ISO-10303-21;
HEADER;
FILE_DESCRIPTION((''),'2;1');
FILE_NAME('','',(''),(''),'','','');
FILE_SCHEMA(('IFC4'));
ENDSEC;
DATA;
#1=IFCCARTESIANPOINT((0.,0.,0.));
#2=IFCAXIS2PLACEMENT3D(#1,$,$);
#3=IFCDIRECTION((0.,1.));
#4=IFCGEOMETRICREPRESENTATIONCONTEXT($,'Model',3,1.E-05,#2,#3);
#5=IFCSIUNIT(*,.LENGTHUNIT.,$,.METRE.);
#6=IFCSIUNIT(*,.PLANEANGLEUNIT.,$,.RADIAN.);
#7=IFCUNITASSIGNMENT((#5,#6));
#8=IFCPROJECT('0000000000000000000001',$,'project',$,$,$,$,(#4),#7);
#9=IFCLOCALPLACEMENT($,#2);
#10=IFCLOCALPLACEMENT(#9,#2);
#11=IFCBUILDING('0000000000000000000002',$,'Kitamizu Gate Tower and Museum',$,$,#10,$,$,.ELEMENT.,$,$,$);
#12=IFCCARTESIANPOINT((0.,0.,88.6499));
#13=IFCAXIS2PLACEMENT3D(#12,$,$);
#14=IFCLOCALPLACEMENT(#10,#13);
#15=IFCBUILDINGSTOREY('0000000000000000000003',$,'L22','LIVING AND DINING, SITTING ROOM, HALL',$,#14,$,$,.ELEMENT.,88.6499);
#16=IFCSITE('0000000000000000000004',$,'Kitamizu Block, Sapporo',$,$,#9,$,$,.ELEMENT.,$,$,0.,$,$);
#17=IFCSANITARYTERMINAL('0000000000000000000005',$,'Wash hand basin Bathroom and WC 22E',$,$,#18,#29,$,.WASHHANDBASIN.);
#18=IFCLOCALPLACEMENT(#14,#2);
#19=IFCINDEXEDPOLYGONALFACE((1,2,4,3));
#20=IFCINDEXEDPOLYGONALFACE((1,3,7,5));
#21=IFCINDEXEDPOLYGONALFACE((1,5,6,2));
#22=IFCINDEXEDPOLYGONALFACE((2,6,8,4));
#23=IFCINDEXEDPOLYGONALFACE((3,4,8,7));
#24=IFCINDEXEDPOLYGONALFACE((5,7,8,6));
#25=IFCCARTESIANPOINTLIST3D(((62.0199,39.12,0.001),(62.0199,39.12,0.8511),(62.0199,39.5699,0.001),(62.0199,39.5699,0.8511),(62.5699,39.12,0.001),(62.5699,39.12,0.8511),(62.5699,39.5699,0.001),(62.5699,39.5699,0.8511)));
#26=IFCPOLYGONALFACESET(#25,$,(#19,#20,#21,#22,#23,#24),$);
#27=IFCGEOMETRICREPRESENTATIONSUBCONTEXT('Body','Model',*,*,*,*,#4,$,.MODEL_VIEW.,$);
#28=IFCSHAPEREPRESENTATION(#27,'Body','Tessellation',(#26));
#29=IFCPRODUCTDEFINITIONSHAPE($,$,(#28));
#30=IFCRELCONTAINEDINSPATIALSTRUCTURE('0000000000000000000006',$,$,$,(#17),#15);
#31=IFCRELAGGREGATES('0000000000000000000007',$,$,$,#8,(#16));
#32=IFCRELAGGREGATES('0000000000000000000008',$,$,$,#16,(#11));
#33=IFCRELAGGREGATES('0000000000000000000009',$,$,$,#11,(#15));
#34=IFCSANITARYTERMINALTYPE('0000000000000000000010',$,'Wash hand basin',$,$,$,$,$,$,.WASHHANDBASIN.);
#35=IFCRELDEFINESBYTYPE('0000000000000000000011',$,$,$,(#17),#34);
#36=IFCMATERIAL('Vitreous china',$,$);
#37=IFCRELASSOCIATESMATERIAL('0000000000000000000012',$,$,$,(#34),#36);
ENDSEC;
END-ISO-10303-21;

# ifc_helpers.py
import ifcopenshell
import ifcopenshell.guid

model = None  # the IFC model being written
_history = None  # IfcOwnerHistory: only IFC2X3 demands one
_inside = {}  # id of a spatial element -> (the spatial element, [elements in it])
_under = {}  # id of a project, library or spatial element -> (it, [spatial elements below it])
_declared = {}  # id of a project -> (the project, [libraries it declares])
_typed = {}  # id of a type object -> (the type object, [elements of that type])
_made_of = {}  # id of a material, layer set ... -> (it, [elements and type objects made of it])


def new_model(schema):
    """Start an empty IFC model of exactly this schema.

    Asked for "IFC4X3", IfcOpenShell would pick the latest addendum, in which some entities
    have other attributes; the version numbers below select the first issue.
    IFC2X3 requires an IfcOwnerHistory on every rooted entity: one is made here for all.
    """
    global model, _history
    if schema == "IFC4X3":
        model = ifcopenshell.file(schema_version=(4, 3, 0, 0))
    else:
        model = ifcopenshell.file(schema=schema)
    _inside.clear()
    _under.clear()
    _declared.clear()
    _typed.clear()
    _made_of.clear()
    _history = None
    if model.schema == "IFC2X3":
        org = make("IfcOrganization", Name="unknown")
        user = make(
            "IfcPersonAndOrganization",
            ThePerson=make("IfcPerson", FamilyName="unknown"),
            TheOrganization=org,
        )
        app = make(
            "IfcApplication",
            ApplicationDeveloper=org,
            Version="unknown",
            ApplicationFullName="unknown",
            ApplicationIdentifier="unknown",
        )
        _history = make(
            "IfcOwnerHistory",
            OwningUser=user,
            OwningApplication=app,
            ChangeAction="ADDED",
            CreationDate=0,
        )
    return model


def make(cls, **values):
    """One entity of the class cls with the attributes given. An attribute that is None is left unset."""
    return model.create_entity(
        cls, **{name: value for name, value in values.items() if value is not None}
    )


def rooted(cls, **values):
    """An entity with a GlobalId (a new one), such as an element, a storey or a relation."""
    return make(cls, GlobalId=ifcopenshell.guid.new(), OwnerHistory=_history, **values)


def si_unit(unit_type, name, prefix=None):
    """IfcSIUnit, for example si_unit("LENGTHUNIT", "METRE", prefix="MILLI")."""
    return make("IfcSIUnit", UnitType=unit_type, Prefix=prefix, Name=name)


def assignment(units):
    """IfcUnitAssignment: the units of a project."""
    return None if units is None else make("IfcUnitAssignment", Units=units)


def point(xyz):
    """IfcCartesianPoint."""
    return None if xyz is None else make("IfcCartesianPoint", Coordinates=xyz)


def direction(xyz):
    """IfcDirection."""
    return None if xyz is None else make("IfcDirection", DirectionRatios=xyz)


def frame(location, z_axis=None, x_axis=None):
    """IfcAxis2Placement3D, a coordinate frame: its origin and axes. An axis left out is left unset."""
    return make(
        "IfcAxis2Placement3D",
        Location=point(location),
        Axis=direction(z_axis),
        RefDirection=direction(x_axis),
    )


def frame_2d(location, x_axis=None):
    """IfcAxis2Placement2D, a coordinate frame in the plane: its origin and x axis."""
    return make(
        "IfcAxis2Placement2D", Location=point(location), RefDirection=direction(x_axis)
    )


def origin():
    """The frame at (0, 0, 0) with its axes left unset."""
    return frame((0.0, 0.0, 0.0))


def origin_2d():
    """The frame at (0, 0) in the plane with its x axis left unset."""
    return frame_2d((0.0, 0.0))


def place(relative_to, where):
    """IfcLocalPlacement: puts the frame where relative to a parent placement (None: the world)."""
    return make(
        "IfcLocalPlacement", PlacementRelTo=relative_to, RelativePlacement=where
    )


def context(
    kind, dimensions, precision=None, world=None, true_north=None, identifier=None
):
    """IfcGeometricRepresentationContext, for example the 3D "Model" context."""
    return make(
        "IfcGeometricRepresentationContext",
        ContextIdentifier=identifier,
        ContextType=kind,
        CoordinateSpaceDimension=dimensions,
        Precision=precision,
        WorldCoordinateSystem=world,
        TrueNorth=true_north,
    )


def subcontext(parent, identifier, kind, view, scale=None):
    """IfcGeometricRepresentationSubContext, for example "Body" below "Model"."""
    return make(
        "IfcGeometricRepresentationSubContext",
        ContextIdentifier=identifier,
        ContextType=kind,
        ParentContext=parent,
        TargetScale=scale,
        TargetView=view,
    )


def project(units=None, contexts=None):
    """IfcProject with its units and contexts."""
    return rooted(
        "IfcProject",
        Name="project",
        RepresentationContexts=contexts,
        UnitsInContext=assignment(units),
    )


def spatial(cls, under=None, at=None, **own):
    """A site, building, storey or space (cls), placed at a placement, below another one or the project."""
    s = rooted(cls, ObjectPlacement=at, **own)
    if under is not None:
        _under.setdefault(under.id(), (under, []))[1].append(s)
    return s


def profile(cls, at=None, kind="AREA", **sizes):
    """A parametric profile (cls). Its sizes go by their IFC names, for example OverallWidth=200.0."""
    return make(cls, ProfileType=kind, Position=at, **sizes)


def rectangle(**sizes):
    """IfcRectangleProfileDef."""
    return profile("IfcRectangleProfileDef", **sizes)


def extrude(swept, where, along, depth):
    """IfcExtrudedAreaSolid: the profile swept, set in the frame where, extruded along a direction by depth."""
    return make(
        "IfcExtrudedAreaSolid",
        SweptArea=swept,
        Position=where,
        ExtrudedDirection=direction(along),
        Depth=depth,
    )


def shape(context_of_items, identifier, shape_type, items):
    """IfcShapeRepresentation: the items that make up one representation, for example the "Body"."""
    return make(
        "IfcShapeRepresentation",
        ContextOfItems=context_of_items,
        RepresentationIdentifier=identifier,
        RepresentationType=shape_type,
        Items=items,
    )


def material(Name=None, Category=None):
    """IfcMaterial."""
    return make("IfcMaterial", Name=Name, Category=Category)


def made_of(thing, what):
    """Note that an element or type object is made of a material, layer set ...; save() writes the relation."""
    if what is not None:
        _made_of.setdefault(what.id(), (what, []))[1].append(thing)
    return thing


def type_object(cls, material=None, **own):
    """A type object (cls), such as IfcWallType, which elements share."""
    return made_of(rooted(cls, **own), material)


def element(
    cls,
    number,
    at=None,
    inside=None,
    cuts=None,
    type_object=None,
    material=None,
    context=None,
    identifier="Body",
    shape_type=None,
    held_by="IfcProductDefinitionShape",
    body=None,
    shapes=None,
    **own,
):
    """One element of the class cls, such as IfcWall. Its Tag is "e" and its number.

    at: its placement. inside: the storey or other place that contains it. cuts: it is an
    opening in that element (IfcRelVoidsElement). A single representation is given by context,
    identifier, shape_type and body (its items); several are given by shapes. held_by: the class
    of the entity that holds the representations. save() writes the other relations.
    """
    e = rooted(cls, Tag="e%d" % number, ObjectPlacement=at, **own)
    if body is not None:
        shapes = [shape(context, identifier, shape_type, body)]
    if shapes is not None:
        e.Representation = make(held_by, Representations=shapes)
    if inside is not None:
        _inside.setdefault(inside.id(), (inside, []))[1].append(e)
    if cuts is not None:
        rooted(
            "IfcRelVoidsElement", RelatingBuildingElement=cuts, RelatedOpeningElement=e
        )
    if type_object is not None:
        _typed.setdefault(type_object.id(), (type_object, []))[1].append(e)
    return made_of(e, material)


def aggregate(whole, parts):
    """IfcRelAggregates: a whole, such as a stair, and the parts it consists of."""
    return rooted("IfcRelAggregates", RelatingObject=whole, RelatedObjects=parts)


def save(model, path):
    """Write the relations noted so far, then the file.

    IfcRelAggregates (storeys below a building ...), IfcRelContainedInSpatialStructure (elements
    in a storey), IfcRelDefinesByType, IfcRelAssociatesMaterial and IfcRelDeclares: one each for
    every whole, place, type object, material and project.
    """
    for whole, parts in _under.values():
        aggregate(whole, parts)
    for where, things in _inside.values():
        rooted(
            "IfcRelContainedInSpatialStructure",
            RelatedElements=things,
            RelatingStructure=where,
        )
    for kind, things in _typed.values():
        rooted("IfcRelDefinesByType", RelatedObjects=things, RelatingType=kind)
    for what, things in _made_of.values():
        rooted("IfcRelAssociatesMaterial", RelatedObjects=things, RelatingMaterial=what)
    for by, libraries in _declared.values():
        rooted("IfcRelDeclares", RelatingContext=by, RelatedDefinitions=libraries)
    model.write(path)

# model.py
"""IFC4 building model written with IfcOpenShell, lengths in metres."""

from ifc_helpers import new_model, si_unit, direction, frame, origin, origin_2d, place, context, subcontext, project, spatial, rectangle, extrude, material, type_object, element, save


model = new_model("IFC4")

# Units and contexts
model_context = context("Model", 3, precision=1e-05, world=origin(), true_north=direction((0.0, 1.0)))
body_context = subcontext(model_context, "Body", "Model", "MODEL_VIEW")
ifc_project = project(units=[si_unit("LENGTHUNIT", "METRE"), si_unit("PLANEANGLEUNIT", "RADIAN")], contexts=[model_context])

# Site, building, storey
site_placement = place(None, origin())
site = spatial("IfcSite", under=ifc_project, at=site_placement, Name="Kitamizu Block, Sapporo", CompositionType="ELEMENT", RefElevation=0.0)
building_placement = place(site_placement, origin())
building = spatial("IfcBuilding", under=site, at=building_placement, Name="Kitamizu Gate Tower and Museum", CompositionType="ELEMENT")
storey_placement = place(building_placement, frame((0.0, 0.0, 88.6499)))
storey = spatial("IfcBuildingStorey", under=building, at=storey_placement, Name="L22", Description="LIVING AND DINING, SITTING ROOM, HALL", CompositionType="ELEMENT", Elevation=88.6499)

# Sanitary terminal
ifc_material_1 = material(Name="Vitreous china")
sanitary_terminal_type_1 = type_object("IfcSanitaryTerminalType", Name="Wash hand basin", PredefinedType="WASHHANDBASIN", material=ifc_material_1)
sanitary_terminal_1_placement = place(storey_placement, frame((62.2949, 39.345, 0.001), z_axis=(0.0, 0.0, 1.0), x_axis=(1.0, 0.0, 0.0)))
element("IfcSanitaryTerminal", 1, at=sanitary_terminal_1_placement, inside=storey, type_object=sanitary_terminal_type_1, Name="Wash hand basin Bathroom and WC 22E", PredefinedType="WASHHANDBASIN", context=body_context, shape_type="SweptSolid", body=[
    extrude(rectangle(XDim=0.55, YDim=0.45, at=origin_2d()), origin(), (0.0, 0.0, 1.0), 0.8501),
])

save(model, "model.ifc")
